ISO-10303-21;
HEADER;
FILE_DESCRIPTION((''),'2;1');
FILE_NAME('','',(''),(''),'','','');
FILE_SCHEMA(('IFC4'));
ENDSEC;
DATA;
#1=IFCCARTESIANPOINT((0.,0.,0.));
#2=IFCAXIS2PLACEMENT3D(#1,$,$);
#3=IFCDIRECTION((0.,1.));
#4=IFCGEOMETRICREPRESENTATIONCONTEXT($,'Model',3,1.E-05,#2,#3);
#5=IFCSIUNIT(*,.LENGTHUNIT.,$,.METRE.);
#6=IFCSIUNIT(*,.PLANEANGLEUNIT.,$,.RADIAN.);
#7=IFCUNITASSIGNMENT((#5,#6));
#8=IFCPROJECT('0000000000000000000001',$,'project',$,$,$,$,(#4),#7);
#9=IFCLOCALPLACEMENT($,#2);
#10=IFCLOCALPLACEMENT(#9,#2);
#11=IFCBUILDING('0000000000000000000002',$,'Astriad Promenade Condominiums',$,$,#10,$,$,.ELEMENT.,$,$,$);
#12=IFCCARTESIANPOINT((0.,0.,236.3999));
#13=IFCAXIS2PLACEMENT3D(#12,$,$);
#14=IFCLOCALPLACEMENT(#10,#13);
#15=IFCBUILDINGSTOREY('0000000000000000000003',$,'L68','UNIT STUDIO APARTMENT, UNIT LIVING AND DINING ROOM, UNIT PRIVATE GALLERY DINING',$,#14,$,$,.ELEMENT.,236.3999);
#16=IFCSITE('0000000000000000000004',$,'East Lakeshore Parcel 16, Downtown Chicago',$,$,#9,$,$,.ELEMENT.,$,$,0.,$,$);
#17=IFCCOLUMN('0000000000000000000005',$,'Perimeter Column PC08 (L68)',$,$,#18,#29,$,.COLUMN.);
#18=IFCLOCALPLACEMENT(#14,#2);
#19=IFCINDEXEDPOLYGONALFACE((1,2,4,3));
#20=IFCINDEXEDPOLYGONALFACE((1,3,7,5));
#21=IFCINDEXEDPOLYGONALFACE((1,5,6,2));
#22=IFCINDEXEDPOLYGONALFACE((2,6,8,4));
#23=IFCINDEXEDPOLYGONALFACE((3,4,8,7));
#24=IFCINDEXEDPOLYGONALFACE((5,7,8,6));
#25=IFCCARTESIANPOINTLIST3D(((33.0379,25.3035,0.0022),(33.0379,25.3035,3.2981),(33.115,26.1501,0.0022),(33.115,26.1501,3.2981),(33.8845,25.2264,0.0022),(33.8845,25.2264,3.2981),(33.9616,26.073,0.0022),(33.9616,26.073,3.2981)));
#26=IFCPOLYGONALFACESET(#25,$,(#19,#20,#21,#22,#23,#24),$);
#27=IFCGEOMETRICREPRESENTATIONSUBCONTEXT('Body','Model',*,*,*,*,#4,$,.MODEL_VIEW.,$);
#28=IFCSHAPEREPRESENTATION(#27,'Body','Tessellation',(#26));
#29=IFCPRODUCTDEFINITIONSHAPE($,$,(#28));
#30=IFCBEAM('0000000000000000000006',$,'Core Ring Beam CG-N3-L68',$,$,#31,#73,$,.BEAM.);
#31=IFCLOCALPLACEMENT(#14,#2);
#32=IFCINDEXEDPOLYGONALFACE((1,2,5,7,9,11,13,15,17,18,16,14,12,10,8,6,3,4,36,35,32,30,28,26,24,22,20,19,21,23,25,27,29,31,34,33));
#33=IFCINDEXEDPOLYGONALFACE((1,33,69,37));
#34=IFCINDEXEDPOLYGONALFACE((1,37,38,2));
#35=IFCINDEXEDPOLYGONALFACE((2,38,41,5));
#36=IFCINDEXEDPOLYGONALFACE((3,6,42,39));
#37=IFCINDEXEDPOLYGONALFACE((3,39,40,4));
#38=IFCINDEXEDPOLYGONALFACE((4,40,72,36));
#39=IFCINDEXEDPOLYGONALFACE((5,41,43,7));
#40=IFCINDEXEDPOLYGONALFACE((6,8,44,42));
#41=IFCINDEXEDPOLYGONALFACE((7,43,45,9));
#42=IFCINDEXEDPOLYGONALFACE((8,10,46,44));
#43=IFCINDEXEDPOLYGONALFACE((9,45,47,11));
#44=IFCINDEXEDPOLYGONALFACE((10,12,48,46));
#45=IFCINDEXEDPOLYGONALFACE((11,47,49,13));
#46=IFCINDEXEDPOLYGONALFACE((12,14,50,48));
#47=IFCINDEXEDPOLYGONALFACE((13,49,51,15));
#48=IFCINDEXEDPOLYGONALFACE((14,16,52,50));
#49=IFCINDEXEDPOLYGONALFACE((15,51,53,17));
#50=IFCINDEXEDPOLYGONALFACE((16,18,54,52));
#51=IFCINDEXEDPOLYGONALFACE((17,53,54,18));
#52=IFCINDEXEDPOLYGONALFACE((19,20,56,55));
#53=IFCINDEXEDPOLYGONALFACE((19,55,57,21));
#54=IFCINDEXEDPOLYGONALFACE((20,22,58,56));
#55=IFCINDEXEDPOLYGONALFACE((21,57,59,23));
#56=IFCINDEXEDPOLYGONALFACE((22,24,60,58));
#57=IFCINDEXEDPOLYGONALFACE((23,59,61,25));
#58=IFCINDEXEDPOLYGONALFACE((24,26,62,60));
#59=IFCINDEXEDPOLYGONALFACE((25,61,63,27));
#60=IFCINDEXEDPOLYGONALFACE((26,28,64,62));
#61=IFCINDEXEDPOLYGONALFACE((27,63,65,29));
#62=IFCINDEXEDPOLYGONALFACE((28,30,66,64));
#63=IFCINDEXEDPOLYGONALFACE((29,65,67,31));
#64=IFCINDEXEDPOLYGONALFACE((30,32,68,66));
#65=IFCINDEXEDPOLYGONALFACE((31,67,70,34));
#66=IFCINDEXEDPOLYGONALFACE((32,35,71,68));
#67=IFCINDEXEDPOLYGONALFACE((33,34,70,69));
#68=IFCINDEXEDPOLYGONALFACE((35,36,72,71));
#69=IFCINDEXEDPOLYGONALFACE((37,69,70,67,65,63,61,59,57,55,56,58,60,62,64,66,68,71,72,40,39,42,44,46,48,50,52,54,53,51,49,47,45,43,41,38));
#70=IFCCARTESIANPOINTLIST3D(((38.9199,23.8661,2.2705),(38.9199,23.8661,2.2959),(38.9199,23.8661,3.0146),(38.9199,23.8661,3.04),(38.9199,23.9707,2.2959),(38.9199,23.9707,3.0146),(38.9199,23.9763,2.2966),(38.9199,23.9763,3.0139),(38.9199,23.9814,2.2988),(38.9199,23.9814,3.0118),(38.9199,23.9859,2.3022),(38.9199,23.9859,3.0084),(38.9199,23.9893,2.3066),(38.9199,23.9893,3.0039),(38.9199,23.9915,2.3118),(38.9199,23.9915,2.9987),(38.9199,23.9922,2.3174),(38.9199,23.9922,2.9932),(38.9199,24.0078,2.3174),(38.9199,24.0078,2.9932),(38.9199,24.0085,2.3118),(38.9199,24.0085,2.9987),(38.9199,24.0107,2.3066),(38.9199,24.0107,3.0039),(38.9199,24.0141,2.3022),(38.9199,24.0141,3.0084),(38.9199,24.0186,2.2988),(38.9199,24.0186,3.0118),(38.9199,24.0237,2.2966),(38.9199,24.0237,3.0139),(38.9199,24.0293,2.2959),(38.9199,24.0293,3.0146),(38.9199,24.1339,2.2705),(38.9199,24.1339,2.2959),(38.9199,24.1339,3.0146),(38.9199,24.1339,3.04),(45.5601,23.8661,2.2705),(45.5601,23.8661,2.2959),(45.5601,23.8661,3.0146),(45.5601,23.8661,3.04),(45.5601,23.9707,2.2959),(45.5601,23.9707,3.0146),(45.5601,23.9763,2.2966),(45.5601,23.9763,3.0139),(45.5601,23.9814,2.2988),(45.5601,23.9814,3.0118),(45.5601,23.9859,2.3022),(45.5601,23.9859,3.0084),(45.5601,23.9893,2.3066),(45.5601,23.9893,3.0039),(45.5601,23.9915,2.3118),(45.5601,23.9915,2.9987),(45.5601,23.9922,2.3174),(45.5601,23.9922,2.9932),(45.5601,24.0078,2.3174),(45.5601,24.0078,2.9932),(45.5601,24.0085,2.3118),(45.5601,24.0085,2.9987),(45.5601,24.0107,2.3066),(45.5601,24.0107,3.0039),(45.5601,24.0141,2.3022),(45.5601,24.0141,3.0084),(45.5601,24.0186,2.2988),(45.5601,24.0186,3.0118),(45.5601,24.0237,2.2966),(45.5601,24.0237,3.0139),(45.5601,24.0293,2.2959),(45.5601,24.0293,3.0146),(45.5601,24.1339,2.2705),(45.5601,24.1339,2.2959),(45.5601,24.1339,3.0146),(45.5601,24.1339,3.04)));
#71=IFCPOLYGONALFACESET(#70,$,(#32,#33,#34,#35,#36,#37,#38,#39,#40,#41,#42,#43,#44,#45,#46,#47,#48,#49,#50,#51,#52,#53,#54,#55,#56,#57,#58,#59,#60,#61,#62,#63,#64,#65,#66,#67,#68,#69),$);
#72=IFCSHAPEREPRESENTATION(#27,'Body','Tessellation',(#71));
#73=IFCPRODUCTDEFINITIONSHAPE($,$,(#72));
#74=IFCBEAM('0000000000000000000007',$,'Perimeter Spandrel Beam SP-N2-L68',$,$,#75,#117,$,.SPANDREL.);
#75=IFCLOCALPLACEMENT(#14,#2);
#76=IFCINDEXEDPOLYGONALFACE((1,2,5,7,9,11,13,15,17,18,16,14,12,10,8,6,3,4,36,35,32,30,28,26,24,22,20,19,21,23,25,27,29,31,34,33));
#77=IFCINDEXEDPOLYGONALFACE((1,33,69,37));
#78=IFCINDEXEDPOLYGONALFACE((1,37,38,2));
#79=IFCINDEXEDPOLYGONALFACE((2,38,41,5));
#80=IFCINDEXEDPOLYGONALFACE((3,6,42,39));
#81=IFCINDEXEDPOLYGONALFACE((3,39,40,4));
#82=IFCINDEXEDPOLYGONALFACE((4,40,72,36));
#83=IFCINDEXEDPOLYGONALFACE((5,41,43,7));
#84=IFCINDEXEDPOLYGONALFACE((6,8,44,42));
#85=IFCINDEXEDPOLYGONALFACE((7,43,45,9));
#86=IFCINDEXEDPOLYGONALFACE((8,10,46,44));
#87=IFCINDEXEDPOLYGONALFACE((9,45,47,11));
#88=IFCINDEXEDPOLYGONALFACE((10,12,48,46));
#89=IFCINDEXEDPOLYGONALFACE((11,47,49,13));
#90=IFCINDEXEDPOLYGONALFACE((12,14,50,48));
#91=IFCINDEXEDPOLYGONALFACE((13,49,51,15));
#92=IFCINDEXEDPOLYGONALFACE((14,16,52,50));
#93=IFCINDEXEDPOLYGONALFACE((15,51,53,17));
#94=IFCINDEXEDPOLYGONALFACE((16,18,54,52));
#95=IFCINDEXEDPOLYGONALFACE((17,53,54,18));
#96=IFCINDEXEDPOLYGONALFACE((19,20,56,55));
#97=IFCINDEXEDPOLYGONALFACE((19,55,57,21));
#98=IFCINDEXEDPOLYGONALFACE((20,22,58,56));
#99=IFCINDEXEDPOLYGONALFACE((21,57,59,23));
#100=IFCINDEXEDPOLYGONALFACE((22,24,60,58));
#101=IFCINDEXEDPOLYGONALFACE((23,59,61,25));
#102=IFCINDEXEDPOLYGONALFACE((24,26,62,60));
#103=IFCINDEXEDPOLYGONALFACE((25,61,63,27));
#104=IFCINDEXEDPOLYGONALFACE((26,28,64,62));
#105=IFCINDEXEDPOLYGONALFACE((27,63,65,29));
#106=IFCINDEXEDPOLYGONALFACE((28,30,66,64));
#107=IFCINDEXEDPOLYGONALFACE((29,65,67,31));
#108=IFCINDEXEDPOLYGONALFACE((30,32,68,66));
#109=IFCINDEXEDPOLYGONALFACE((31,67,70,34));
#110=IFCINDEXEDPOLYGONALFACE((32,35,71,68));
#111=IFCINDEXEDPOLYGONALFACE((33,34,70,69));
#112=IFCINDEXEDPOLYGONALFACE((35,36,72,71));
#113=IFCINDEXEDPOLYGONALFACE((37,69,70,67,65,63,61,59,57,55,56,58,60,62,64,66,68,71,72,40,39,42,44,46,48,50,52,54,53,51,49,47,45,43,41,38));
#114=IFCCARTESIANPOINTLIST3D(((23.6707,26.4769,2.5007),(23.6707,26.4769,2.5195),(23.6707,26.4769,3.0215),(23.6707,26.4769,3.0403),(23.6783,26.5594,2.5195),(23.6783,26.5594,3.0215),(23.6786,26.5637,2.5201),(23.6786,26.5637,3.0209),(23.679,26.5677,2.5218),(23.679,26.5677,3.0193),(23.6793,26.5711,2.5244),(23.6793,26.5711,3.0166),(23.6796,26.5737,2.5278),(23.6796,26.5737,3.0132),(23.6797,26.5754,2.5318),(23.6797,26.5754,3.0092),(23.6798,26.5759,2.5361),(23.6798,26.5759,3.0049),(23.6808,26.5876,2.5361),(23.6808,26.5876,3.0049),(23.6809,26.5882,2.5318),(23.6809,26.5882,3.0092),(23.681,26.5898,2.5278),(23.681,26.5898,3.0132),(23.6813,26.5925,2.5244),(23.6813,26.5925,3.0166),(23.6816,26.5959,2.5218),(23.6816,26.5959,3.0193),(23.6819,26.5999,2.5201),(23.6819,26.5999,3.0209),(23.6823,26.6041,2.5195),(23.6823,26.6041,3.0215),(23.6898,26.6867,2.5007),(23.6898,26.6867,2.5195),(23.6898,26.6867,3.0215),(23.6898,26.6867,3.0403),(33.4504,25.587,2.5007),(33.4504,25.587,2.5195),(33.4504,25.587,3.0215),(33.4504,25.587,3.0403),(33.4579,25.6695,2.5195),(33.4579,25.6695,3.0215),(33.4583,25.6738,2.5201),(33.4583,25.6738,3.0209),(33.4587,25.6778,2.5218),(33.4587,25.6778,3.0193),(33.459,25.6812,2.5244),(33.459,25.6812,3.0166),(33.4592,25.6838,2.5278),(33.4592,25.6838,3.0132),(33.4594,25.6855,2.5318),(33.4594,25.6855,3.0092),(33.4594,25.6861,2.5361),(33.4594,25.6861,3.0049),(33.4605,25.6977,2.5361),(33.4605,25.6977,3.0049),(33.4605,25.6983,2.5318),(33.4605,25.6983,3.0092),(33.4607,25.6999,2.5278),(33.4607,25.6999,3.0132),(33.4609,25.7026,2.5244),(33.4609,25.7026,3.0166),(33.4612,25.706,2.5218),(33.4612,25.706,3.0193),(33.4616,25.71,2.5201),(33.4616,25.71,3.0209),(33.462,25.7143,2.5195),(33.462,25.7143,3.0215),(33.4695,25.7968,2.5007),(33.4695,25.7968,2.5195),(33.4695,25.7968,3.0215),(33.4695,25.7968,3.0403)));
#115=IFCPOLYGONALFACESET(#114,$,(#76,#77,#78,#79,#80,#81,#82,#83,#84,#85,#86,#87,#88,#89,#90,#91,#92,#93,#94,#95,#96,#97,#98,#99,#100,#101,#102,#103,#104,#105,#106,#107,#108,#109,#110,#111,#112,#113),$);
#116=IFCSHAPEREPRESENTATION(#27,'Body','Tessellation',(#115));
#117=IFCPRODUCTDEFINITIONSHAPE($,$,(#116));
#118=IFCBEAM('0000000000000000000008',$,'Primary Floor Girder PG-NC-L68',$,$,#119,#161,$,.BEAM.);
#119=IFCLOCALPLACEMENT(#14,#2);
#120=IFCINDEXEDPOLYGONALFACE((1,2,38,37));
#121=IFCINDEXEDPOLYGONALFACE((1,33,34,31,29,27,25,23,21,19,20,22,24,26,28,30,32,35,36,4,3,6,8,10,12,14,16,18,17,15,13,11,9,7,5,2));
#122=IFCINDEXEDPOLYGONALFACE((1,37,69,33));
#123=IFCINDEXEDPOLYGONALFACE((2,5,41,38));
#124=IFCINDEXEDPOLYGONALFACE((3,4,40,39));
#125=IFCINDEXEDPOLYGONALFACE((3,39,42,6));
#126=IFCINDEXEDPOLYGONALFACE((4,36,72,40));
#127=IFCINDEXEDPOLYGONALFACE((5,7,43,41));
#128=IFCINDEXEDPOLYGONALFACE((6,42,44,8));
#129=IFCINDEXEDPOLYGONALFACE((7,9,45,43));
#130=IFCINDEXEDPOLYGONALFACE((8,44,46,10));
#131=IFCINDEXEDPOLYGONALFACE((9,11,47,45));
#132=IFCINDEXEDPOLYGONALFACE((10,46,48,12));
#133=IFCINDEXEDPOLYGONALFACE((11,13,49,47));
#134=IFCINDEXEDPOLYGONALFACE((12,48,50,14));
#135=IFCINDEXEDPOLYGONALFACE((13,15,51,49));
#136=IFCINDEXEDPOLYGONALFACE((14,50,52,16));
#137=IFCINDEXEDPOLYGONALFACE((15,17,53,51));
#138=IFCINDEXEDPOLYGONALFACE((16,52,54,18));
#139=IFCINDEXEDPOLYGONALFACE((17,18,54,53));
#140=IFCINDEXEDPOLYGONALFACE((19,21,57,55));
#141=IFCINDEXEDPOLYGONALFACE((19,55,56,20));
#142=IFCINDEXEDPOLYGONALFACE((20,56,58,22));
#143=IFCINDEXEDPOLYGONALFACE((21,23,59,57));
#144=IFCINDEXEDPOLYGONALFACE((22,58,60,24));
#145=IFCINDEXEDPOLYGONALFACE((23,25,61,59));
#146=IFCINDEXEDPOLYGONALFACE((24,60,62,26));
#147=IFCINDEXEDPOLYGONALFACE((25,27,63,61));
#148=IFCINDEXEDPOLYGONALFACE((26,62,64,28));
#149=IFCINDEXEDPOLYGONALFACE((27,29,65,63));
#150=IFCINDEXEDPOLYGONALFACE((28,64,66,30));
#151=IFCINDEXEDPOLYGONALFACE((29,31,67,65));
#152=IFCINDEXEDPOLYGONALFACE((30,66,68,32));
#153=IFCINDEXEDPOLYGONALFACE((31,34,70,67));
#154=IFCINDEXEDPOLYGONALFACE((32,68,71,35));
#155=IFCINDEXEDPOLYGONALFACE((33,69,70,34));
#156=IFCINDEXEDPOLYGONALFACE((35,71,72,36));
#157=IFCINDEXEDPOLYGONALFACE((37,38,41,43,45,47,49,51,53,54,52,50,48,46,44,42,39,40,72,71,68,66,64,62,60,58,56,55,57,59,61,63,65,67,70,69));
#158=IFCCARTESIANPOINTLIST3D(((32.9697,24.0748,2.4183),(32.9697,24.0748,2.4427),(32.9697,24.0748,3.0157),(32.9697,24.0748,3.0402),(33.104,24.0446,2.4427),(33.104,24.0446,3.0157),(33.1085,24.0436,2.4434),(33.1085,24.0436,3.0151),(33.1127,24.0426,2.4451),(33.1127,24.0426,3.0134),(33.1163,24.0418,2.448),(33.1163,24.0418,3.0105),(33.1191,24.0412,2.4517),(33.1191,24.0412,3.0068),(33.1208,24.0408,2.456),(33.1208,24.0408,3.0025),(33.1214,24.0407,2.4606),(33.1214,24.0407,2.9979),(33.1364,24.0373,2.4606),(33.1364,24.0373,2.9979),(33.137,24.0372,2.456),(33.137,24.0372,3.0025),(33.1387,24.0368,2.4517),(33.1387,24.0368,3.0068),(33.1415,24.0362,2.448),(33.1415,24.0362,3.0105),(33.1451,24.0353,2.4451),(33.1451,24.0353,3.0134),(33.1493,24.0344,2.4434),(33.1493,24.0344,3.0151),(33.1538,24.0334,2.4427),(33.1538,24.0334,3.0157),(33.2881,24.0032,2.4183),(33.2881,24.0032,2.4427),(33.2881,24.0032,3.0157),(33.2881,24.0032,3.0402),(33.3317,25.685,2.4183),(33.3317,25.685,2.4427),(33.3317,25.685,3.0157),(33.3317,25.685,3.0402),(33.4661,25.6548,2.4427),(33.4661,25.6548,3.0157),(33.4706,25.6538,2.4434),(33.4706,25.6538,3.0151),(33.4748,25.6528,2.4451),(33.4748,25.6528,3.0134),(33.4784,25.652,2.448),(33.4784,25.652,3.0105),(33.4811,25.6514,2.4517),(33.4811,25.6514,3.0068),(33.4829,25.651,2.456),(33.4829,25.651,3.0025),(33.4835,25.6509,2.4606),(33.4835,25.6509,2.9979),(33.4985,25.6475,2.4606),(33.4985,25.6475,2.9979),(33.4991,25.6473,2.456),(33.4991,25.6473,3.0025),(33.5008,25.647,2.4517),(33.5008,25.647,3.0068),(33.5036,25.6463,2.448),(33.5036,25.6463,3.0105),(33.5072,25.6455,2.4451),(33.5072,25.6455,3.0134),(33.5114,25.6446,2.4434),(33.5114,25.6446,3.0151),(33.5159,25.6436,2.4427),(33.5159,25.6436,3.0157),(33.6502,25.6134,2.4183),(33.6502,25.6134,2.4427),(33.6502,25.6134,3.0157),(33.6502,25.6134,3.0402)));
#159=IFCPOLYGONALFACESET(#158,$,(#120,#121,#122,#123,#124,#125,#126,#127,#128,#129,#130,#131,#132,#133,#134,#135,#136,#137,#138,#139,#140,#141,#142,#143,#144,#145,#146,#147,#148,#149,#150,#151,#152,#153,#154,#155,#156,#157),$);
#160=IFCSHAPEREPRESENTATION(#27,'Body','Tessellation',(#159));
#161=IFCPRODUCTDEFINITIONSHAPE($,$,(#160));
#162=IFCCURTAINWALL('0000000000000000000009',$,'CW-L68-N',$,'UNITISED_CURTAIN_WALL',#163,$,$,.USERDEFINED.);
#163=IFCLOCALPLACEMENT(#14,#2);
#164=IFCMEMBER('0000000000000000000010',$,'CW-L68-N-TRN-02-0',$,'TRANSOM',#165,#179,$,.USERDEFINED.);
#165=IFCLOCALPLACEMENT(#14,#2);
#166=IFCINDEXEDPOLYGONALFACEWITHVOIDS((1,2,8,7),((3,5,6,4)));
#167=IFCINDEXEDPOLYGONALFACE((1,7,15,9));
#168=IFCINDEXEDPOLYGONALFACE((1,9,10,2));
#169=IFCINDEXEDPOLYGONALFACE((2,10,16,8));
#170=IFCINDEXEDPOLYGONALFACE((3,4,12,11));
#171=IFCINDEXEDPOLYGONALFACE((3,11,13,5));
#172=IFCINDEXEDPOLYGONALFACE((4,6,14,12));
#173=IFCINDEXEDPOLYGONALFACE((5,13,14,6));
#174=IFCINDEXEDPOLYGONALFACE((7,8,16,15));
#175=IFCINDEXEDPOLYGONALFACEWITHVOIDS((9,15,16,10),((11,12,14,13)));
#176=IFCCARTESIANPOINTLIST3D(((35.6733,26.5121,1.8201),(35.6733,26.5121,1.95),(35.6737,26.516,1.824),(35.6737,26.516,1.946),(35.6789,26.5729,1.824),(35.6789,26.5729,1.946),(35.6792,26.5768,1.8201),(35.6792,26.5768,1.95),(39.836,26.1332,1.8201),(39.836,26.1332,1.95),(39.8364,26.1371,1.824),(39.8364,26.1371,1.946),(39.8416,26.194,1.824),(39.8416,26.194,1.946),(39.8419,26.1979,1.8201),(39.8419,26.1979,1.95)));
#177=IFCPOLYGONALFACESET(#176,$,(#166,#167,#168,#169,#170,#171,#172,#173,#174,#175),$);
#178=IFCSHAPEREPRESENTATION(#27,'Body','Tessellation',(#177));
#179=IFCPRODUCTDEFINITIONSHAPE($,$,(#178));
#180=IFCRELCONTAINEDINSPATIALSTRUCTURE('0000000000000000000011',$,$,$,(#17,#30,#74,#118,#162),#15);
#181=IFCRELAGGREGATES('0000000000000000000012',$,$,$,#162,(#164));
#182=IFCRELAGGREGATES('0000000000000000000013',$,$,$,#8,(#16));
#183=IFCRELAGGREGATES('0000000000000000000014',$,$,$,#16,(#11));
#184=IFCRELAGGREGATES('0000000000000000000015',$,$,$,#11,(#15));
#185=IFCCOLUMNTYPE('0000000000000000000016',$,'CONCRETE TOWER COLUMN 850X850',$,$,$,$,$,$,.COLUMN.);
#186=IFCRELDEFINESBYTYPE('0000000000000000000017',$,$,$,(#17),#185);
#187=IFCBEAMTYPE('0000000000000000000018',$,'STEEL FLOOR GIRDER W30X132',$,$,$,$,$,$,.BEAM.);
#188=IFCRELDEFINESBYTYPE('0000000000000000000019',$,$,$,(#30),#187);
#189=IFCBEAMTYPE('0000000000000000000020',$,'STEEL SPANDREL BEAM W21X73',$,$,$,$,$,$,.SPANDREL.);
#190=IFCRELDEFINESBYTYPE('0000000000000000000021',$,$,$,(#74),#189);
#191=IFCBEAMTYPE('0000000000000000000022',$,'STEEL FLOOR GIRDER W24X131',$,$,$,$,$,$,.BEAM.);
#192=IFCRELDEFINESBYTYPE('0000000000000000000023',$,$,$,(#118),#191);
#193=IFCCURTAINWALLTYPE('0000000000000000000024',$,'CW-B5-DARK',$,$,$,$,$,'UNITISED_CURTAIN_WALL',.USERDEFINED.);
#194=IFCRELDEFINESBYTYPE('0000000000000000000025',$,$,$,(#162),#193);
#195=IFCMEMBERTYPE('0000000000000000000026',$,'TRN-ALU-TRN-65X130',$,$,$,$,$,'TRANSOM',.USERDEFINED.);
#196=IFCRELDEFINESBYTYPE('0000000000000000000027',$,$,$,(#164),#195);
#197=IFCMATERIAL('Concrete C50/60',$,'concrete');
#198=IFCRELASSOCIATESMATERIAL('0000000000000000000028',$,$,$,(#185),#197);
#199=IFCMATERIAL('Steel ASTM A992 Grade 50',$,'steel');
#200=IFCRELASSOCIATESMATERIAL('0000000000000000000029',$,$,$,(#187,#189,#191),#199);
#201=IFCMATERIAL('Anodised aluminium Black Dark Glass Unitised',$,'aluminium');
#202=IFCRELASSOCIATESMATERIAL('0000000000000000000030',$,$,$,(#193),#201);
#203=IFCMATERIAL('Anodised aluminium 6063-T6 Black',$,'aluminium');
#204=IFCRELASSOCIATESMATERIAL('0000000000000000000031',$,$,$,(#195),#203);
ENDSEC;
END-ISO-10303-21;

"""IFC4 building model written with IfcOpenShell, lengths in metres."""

from ifc_helpers import new_model, si_unit, direction, frame, origin, origin_2d, place, context, subcontext, project, spatial, rectangle, hollow_rectangle, i_section, extrude, source, transform, mapped, material, material_profile, profile_set, type_object, type_shapes, element, aggregate, save


model = new_model("IFC4")

# Units and contexts
model_context = context("Model", 3, precision=1e-05, world=origin(), true_north=direction((0.0, 1.0)))
body_context = subcontext(model_context, "Body", "Model", "MODEL_VIEW")
ifc_project = project(units=[si_unit("LENGTHUNIT", "METRE"), si_unit("PLANEANGLEUNIT", "RADIAN")], contexts=[model_context])

# Site, building, storey
site_placement = place(None, origin())
site = spatial("IfcSite", under=ifc_project, at=site_placement, Name="East Lakeshore Parcel 16, Downtown Chicago", CompositionType="ELEMENT", RefElevation=0.0)
building_placement = place(site_placement, origin())
building = spatial("IfcBuilding", under=site, at=building_placement, Name="Astriad Promenade Condominiums", CompositionType="ELEMENT")
storey_placement = place(building_placement, frame((0.0, 0.0, 236.3999)))
storey = spatial("IfcBuildingStorey", under=building, at=storey_placement, Name="L68", Description="UNIT STUDIO APARTMENT, UNIT LIVING AND DINING ROOM, UNIT PRIVATE GALLERY DINING", CompositionType="ELEMENT", Elevation=236.3999)

# Column
ifc_material_1 = material(Name="Concrete C50/60", Category="concrete")
ifc_material_profile_1 = material_profile(ifc_material_1, rectangle(XDim=0.8501, YDim=0.8501, at=origin_2d()), Name="RC-COL-850X850")
ifc_profile_set_1 = profile_set([ifc_material_profile_1], Name="Concrete C50/60")
column_type = type_object("IfcColumnType", Name="CONCRETE TOWER COLUMN 850X850", PredefinedType="COLUMN", material=ifc_profile_set_1)
shared_shape_1 = source(origin(), body_context, "Body", "SweptSolid", [
    extrude(rectangle(XDim=0.8501, YDim=0.8501, at=origin_2d()), origin(), (0.0, 0.0, 1.0), 3.2959),
])
type_shapes(column_type, [shared_shape_1])
column_placement = place(storey_placement, frame((33.4998, 25.6882, 0.0022), z_axis=(0.0, 0.0, 1.0), x_axis=(0.995884, -0.090633, 0.0)))
element("IfcColumn", 1, at=column_placement, inside=storey, type_object=column_type, Name="Perimeter Column PC08 (L68)", PredefinedType="COLUMN", context=body_context, shape_type="MappedRepresentation", body=[
    mapped(shared_shape_1, transform((0.0, 0.0, 0.0), scale=1.0)),
])

# Beams
ifc_material_2 = material(Name="Steel ASTM A992 Grade 50", Category="steel")
ifc_material_profile_2 = material_profile(ifc_material_2, i_section(OverallWidth=0.2678, OverallDepth=0.7695, WebThickness=0.0156, FlangeThickness=0.0254, FilletRadius=0.0215, at=origin_2d()), Name="W30X132")
ifc_profile_set_2 = profile_set([ifc_material_profile_2], Name="Steel ASTM A992 Grade 50")
beam_type_1 = type_object("IfcBeamType", Name="STEEL FLOOR GIRDER W30X132", PredefinedType="BEAM", material=ifc_profile_set_2)
shared_shape_2 = source(origin(), body_context, "Body", "SweptSolid", [
    extrude(i_section(OverallWidth=0.2678, OverallDepth=0.7695, WebThickness=0.0156, FlangeThickness=0.0254, FilletRadius=0.0215, at=origin_2d()), origin(), (0.0, 0.0, 1.0), 6.6401),
])
type_shapes(beam_type_1, [shared_shape_2])
beam_1_placement = place(storey_placement, frame((38.9199, 24.0, 2.6553), z_axis=(1.0, 0.0, 0.0), x_axis=(0.0, 1.0, 0.0)))
element("IfcBeam", 2, at=beam_1_placement, inside=storey, type_object=beam_type_1, Name="Core Ring Beam CG-N3-L68", PredefinedType="BEAM", context=body_context, shape_type="MappedRepresentation", body=[
    mapped(shared_shape_2, transform((0.0, 0.0, 0.0), scale=1.0)),
])
ifc_material_profile_3 = material_profile(ifc_material_2, i_section(OverallWidth=0.2107, OverallDepth=0.5396, WebThickness=0.0117, FlangeThickness=0.0188, FilletRadius=0.0166, at=origin_2d()), Name="W21X73")
ifc_profile_set_3 = profile_set([ifc_material_profile_3], Name="Steel ASTM A992 Grade 50")
beam_type_2 = type_object("IfcBeamType", Name="STEEL SPANDREL BEAM W21X73", PredefinedType="SPANDREL", material=ifc_profile_set_3)
shared_shape_3 = source(origin(), body_context, "Body", "SweptSolid", [
    extrude(i_section(OverallWidth=0.2107, OverallDepth=0.5396, WebThickness=0.0117, FlangeThickness=0.0188, FilletRadius=0.0166, at=origin_2d()), origin(), (0.0, 0.0, 1.0), 9.8201),
])
type_shapes(beam_type_2, [shared_shape_3])
beam_2_placement = place(storey_placement, frame((33.46, 25.6919, 2.7705), z_axis=(-0.995886, 0.090619, 0.0), x_axis=(-0.090619, -0.995886, 0.0)))
element("IfcBeam", 3, at=beam_2_placement, inside=storey, type_object=beam_type_2, Name="Perimeter Spandrel Beam SP-N2-L68", PredefinedType="SPANDREL", context=body_context, shape_type="MappedRepresentation", body=[
    mapped(shared_shape_3, transform((0.0, 0.0, 0.0), scale=1.0)),
])
ifc_material_profile_4 = material_profile(ifc_material_2, i_section(OverallWidth=0.3264, OverallDepth=0.6218, WebThickness=0.0154, FlangeThickness=0.0244, FilletRadius=0.0178, at=origin_2d()), Name="W24X131")
ifc_profile_set_4 = profile_set([ifc_material_profile_4], Name="Steel ASTM A992 Grade 50")
beam_type_3 = type_object("IfcBeamType", Name="STEEL FLOOR GIRDER W24X131", PredefinedType="BEAM", material=ifc_profile_set_4)
shared_shape_4 = source(origin(), body_context, "Body", "SweptSolid", [
    extrude(i_section(OverallWidth=0.3264, OverallDepth=0.6218, WebThickness=0.0154, FlangeThickness=0.0244, FilletRadius=0.0178, at=origin_2d()), origin(), (0.0, 0.0, 1.0), 1.6504),
])
type_shapes(beam_type_3, [shared_shape_4])
beam_3_placement = place(storey_placement, frame((33.491, 25.6492, 2.7292), z_axis=(-0.219389, -0.975637, 0.0), x_axis=(0.975637, -0.219389, 0.0)))
element("IfcBeam", 4, at=beam_3_placement, inside=storey, type_object=beam_type_3, Name="Primary Floor Girder PG-NC-L68", PredefinedType="BEAM", context=body_context, shape_type="MappedRepresentation", body=[
    mapped(shared_shape_4, transform((0.0, 0.0, 0.0), scale=1.0)),
])

# Curtain wall, member
ifc_material_3 = material(Name="Anodised aluminium Black Dark Glass Unitised", Category="aluminium")
curtain_wall_type = type_object("IfcCurtainWallType", Name="CW-B5-DARK", ElementType="UNITISED_CURTAIN_WALL", PredefinedType="USERDEFINED", material=ifc_material_3)
curtain_wall_placement = place(storey_placement, origin())
curtain_wall = element("IfcCurtainWall", 5, at=curtain_wall_placement, inside=storey, type_object=curtain_wall_type, Name="CW-L68-N", ObjectType="UNITISED_CURTAIN_WALL", PredefinedType="USERDEFINED")
ifc_material_4 = material(Name="Anodised aluminium 6063-T6 Black", Category="aluminium")
ifc_material_profile_5 = material_profile(ifc_material_4, hollow_rectangle(XDim=0.0649, YDim=0.1299, WallThickness=0.0039, at=origin_2d()), Name="ALU-TRN-65X130")
ifc_profile_set_5 = profile_set([ifc_material_profile_5], Name="Anodised aluminium 6063-T6 Black")
member_type_1 = type_object("IfcMemberType", Name="TRN-ALU-TRN-65X130", ElementType="TRANSOM", PredefinedType="USERDEFINED", material=ifc_profile_set_5)
shared_shape_5 = source(origin(), body_context, "Body", "SweptSolid", [
    extrude(hollow_rectangle(XDim=0.0649, YDim=0.1299, WallThickness=0.0039, at=origin_2d()), origin(), (0.0, 0.0, 1.0), 4.1799),
])
type_shapes(member_type_1, [shared_shape_5])
member_1_placement = place(storey_placement, frame((35.6763, 26.5444, 1.885), z_axis=(0.995883, -0.090646, 0.0), x_axis=(0.090646, 0.995883, 0.0)))
member_1 = element("IfcMember", 6, at=member_1_placement, type_object=member_type_1, Name="CW-L68-N-TRN-02-0", ObjectType="TRANSOM", PredefinedType="USERDEFINED", context=body_context, shape_type="MappedRepresentation", body=[
    mapped(shared_shape_5, transform((0.0, 0.0, 0.0), scale=1.0)),
])
aggregate(curtain_wall, [member_1])

save(model, "model.ifc")
